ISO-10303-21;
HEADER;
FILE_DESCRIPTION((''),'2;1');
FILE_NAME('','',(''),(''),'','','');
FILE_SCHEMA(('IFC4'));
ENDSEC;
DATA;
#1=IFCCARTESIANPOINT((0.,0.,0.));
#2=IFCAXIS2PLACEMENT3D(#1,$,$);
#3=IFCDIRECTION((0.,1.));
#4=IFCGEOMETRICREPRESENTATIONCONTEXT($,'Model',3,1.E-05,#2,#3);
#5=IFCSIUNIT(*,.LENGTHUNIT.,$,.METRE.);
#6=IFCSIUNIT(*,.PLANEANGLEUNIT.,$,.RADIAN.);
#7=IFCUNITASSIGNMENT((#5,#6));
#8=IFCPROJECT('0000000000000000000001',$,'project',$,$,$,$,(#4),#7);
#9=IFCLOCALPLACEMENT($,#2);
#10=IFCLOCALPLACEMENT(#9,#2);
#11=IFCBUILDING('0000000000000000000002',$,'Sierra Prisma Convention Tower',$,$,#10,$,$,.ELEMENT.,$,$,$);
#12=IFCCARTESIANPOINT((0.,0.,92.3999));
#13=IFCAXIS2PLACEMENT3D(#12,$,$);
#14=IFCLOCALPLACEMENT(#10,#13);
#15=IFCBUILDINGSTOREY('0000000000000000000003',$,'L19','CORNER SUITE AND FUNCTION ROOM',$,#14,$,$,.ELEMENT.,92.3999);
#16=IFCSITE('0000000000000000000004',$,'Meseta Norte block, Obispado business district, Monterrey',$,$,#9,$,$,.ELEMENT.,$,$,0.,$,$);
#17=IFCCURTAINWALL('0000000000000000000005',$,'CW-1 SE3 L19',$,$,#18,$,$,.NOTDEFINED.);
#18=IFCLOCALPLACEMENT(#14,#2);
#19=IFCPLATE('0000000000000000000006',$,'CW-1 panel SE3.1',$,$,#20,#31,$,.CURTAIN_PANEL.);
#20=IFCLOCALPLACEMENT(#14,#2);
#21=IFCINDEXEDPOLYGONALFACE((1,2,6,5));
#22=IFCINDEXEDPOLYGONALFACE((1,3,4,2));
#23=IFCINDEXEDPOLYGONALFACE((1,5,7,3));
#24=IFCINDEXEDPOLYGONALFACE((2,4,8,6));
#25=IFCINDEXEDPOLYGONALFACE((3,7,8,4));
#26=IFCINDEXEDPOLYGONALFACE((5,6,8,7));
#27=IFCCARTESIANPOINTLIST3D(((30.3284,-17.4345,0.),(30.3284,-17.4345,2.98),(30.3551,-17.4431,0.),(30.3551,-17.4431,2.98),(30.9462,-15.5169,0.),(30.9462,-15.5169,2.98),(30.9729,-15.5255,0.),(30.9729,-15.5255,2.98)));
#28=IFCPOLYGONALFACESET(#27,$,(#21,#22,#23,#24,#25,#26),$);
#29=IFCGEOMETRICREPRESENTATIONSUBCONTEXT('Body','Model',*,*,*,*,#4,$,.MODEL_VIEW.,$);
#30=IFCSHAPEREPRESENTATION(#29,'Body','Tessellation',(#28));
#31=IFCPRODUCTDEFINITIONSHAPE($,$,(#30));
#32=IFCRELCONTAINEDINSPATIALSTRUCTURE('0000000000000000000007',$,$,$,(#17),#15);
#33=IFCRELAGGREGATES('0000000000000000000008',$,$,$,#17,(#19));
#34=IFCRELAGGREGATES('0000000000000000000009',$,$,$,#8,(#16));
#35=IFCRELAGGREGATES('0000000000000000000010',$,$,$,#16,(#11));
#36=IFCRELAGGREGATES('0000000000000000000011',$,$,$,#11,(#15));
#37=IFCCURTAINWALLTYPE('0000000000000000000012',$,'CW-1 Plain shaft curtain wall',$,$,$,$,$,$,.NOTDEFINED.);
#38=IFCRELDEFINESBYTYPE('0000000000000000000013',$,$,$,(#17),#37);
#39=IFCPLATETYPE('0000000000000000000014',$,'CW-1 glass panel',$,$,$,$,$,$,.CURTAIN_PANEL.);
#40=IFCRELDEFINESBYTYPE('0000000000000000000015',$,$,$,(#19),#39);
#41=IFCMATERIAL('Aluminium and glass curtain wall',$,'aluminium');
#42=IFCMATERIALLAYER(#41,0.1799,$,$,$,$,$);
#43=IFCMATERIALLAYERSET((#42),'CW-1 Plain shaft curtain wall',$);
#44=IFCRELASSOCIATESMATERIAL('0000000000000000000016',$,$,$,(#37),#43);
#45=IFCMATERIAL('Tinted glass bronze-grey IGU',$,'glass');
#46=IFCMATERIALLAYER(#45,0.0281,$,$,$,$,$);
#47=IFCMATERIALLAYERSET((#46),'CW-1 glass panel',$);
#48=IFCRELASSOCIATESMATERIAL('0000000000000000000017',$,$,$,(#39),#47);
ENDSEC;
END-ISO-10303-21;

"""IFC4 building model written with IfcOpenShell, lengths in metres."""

from ifc_helpers import new_model, si_unit, direction, frame, origin, origin_2d, place, context, subcontext, project, spatial, rectangle, extrude, material, layer, layer_set, type_object, element, aggregate, save


model = new_model("IFC4")

# Units and contexts
model_context = context("Model", 3, precision=1e-05, world=origin(), true_north=direction((0.0, 1.0)))
body_context = subcontext(model_context, "Body", "Model", "MODEL_VIEW")
ifc_project = project(units=[si_unit("LENGTHUNIT", "METRE"), si_unit("PLANEANGLEUNIT", "RADIAN")], contexts=[model_context])

# Site, building, storey
site_placement = place(None, origin())
site = spatial("IfcSite", under=ifc_project, at=site_placement, Name="Meseta Norte block, Obispado business district, Monterrey", CompositionType="ELEMENT", RefElevation=0.0)
building_placement = place(site_placement, origin())
building = spatial("IfcBuilding", under=site, at=building_placement, Name="Sierra Prisma Convention Tower", CompositionType="ELEMENT")
storey_placement = place(building_placement, frame((0.0, 0.0, 92.3999)))
storey = spatial("IfcBuildingStorey", under=building, at=storey_placement, Name="L19", Description="CORNER SUITE AND FUNCTION ROOM", CompositionType="ELEMENT", Elevation=92.3999)

# Curtain wall
ifc_material_1 = material(Name="Aluminium and glass curtain wall", Category="aluminium")
ifc_layer_1 = layer(ifc_material_1, 0.1799)
ifc_layer_set_1 = layer_set([ifc_layer_1], Name="CW-1 Plain shaft curtain wall")
curtain_wall_type = type_object("IfcCurtainWallType", Name="CW-1 Plain shaft curtain wall", PredefinedType="NOTDEFINED", material=ifc_layer_set_1)
curtain_wall_1_placement = place(storey_placement, origin())
curtain_wall_1 = element("IfcCurtainWall", 1, at=curtain_wall_1_placement, inside=storey, type_object=curtain_wall_type, Name="CW-1 SE3 L19", PredefinedType="NOTDEFINED")

# Plate
ifc_material_2 = material(Name="Tinted glass bronze-grey IGU", Category="glass")
ifc_layer_2 = layer(ifc_material_2, 0.0281)
ifc_layer_set_2 = layer_set([ifc_layer_2], Name="CW-1 glass panel")
plate_type = type_object("IfcPlateType", Name="CW-1 glass panel", PredefinedType="CURTAIN_PANEL", material=ifc_layer_set_2)
plate_1_placement = place(storey_placement, frame((30.6506, -16.48, 0.0), z_axis=(0.0, 0.0, 1.0), x_axis=(0.306635, 0.951827, 0.0)))
plate_1 = element("IfcPlate", 2, at=plate_1_placement, type_object=plate_type, Name="CW-1 panel SE3.1", PredefinedType="CURTAIN_PANEL", context=body_context, shape_type="SweptSolid", body=[
    extrude(rectangle(XDim=2.0146, YDim=0.0281, at=origin_2d()), origin(), (0.0, 0.0, 1.0), 2.98),
])
aggregate(curtain_wall_1, [plate_1])

save(model, "model.ifc")
